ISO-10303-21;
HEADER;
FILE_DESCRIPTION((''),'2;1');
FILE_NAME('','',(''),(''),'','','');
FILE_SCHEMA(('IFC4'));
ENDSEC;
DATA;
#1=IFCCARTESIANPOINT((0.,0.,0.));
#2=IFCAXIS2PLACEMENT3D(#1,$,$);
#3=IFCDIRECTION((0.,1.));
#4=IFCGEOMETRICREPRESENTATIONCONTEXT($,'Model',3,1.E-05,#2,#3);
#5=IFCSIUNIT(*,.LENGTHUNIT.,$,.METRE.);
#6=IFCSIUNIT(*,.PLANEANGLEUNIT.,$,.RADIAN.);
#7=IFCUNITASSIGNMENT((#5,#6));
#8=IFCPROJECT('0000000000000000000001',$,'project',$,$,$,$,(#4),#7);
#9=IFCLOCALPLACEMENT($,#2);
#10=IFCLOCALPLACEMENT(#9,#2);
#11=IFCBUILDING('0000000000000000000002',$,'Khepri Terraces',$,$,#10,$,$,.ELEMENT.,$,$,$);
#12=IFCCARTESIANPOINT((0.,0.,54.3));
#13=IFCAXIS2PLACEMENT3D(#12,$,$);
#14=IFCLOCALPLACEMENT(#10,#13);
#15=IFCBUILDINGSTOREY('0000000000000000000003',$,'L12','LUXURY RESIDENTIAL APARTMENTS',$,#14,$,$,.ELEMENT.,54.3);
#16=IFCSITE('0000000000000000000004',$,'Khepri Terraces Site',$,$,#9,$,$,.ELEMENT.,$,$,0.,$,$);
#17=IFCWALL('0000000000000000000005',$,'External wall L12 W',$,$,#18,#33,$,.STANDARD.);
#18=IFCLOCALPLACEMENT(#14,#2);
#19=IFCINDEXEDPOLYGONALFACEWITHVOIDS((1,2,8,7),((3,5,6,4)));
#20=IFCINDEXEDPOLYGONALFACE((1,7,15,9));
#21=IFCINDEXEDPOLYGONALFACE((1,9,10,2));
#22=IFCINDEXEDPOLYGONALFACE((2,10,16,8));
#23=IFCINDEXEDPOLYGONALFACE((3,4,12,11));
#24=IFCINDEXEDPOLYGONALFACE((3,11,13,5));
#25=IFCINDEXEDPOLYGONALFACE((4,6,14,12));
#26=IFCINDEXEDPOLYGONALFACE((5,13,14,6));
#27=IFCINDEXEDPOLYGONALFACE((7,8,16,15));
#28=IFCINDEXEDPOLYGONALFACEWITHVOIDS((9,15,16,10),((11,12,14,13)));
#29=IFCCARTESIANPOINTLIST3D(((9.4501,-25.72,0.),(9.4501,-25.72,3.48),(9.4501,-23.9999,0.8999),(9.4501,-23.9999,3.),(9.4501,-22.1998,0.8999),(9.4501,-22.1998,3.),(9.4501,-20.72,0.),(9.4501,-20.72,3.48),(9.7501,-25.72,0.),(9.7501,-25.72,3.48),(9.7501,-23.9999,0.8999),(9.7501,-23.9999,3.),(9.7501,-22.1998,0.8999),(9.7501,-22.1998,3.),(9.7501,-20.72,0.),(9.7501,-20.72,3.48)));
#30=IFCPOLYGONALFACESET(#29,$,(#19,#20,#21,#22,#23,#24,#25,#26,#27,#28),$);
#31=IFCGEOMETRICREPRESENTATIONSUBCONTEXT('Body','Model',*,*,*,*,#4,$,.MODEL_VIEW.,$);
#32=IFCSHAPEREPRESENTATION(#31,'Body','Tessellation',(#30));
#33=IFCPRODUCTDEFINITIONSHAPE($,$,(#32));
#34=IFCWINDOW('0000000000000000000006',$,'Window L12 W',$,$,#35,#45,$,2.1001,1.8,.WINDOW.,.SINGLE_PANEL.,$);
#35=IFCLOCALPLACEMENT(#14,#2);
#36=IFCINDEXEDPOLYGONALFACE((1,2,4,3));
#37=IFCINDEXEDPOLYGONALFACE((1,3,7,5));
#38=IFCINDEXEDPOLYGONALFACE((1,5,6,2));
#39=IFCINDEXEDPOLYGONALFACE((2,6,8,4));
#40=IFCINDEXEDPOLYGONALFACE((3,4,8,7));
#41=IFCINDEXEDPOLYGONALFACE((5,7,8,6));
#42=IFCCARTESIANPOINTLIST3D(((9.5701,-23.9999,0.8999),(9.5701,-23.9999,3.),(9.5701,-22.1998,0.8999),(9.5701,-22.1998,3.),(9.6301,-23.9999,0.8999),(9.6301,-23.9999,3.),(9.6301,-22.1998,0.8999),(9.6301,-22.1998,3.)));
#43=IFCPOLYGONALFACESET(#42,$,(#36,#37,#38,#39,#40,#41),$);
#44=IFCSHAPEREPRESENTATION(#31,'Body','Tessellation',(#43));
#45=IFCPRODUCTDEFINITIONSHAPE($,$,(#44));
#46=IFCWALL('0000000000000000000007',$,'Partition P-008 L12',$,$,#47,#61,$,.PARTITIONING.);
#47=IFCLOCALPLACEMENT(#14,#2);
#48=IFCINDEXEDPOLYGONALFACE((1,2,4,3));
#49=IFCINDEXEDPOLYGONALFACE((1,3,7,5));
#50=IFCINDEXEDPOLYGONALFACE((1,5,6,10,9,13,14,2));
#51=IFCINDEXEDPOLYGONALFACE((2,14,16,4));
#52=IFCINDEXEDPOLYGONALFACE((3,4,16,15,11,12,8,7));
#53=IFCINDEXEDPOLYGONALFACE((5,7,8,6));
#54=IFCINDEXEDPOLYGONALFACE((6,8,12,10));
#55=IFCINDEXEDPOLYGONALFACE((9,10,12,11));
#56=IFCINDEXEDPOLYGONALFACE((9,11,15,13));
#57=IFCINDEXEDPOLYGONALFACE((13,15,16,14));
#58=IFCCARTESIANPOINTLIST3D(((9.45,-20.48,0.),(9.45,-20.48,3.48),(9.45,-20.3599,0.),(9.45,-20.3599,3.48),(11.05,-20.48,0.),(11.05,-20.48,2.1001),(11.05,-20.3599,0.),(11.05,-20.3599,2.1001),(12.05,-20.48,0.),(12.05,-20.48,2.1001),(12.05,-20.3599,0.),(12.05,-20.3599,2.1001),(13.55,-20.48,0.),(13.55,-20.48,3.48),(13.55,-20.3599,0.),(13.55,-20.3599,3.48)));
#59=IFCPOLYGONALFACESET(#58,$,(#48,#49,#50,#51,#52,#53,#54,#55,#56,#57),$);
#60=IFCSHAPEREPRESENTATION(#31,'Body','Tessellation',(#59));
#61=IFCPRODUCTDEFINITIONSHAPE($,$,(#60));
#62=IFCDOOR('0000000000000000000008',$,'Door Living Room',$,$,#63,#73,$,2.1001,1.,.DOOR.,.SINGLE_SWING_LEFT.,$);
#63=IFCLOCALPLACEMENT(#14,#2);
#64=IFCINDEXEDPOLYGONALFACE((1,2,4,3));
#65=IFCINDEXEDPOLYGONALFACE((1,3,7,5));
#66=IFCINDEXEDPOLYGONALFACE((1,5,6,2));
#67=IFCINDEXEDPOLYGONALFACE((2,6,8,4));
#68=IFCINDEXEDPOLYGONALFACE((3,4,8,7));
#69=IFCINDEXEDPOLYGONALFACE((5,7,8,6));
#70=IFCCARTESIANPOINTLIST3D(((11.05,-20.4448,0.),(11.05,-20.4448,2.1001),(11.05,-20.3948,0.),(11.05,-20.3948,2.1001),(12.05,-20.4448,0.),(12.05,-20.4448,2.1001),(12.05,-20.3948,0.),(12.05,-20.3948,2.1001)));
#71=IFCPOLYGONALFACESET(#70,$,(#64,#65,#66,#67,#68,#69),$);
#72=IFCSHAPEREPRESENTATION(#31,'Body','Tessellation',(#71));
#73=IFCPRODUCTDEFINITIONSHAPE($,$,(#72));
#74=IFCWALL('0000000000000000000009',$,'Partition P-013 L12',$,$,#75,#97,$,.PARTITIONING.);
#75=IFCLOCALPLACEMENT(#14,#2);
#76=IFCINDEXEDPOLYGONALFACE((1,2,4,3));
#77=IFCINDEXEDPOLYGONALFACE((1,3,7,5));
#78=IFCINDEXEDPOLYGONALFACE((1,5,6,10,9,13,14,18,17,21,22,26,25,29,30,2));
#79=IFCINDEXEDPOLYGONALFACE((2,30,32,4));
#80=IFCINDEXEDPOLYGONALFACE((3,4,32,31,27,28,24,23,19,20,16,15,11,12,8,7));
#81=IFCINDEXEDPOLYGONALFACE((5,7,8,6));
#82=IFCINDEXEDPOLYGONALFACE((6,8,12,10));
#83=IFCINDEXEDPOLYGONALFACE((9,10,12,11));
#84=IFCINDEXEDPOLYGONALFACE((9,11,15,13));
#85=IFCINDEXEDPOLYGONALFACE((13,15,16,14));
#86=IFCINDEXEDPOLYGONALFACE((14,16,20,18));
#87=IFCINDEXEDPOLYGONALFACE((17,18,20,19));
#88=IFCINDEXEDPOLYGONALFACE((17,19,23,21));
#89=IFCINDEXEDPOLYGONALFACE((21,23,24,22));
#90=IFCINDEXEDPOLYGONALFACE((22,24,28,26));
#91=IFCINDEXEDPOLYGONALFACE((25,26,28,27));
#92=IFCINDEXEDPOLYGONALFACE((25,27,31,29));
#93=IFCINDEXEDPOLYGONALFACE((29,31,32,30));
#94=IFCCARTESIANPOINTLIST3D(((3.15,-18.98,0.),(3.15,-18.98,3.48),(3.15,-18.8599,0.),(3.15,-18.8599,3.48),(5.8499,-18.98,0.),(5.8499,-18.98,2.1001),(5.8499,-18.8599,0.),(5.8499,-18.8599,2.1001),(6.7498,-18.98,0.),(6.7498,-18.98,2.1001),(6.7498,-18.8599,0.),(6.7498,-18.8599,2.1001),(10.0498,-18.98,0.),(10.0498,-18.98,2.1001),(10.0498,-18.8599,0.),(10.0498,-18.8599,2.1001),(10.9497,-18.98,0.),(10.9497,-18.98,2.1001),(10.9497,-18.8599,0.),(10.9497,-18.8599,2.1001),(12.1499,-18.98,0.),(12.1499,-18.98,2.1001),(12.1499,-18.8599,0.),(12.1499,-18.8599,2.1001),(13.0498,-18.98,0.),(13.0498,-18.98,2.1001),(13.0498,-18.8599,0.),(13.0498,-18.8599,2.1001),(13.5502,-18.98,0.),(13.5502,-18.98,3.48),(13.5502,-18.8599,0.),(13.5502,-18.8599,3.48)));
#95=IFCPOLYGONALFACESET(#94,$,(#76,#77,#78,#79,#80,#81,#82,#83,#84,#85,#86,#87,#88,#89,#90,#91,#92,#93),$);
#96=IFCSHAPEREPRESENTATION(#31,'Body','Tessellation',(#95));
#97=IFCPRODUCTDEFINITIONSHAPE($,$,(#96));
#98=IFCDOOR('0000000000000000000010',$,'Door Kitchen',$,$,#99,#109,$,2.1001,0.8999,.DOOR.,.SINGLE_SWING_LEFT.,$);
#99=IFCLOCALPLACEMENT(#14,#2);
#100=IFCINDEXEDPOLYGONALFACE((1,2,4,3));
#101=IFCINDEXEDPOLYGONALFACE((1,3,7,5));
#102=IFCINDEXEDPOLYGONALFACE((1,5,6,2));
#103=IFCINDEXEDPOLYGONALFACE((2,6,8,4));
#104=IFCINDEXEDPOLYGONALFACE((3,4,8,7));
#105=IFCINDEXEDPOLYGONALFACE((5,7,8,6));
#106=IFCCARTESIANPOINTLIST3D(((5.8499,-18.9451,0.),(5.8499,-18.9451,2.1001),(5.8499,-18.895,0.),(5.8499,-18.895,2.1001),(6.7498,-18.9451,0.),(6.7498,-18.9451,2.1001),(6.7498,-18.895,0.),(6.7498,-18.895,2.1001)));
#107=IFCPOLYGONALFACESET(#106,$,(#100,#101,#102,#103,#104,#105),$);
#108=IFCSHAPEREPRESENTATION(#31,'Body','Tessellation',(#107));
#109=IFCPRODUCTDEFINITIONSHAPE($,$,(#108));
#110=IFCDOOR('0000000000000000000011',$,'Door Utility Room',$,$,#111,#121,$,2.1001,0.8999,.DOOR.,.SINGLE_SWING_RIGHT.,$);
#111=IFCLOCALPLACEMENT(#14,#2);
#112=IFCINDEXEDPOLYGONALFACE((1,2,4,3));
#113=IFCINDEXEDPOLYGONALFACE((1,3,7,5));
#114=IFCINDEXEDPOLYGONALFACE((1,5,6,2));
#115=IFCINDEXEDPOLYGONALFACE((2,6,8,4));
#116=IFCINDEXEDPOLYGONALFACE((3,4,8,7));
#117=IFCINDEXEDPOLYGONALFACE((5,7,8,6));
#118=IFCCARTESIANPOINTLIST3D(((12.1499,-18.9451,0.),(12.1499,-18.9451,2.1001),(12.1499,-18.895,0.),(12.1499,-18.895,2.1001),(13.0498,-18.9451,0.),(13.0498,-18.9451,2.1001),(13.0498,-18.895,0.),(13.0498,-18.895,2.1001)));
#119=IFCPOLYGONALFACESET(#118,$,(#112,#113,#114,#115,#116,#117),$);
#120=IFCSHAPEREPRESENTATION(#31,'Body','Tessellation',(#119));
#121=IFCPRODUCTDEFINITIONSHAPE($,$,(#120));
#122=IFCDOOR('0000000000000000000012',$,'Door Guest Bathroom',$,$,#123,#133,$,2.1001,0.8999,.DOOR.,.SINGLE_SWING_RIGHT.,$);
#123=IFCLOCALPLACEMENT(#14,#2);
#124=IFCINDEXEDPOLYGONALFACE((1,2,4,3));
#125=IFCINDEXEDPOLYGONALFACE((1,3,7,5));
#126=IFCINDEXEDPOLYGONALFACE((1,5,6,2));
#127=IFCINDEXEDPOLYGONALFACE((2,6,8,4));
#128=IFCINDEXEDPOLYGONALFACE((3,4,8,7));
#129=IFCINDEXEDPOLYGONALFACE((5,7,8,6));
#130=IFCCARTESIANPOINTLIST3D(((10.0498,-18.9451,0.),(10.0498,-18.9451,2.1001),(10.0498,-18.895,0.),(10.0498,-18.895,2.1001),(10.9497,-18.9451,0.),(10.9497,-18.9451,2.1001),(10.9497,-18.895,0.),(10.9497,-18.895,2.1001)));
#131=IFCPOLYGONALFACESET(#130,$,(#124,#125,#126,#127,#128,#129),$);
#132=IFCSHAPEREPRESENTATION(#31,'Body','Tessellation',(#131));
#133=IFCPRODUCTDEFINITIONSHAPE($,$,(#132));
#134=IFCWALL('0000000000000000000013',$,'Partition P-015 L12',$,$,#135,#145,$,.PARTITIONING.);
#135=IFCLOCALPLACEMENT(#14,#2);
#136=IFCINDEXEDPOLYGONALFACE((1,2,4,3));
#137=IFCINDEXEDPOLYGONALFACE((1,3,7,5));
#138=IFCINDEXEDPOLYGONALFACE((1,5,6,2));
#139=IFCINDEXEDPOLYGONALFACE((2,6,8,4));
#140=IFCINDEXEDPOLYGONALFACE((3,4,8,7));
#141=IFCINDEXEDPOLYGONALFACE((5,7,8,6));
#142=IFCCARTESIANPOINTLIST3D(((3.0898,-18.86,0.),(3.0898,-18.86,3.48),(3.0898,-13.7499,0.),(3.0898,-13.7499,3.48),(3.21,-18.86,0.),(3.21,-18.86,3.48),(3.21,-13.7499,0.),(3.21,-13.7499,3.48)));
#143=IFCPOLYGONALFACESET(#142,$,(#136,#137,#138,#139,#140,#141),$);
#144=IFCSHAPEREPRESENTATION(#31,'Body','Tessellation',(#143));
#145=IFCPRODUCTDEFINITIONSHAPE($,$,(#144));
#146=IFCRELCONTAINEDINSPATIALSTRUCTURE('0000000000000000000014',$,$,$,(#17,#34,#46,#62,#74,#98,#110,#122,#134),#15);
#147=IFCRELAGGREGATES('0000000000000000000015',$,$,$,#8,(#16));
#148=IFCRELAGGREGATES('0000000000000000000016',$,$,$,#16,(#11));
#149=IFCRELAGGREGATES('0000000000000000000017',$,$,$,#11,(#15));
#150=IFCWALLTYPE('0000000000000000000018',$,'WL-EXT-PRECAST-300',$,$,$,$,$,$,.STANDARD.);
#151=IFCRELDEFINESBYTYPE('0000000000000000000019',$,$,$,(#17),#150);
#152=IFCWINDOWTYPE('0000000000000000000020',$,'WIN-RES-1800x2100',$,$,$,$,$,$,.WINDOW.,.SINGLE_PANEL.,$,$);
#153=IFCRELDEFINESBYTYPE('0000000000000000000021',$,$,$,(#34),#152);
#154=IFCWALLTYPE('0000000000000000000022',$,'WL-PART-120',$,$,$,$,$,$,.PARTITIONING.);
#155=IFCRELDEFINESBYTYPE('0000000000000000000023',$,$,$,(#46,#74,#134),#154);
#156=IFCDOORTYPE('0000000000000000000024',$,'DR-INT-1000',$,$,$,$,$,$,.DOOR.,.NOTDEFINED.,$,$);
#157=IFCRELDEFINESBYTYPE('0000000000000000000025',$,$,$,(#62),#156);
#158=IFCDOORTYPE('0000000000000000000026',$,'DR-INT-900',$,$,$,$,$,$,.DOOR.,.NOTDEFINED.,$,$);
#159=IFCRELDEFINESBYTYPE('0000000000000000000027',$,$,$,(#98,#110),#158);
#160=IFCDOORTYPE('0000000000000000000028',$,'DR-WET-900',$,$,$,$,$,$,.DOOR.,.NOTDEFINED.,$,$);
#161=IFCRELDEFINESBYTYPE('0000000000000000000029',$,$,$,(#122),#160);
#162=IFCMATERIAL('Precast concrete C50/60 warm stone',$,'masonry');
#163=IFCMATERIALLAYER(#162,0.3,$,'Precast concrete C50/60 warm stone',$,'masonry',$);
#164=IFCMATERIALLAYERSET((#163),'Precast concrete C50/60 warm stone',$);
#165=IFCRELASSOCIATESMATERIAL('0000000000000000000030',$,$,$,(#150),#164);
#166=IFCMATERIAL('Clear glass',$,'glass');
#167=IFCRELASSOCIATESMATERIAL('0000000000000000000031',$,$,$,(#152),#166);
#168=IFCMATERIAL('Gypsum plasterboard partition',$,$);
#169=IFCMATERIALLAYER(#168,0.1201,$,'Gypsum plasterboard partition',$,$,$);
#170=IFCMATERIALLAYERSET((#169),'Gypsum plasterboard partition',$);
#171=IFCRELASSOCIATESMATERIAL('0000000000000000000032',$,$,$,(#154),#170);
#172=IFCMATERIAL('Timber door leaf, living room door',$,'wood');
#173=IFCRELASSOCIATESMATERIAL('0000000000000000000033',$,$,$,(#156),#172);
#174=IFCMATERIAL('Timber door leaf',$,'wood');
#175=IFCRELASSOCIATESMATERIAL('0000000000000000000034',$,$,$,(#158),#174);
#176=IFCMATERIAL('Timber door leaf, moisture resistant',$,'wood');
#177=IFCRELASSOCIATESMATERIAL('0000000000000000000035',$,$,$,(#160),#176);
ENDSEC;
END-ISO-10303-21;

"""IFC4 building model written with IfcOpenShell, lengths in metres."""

from ifc_helpers import new_model, si_unit, direction, frame, frame_2d, origin, place, context, subcontext, project, spatial, rectangle, extrude, material, layer, layer_set, type_object, element, fill, save


model = new_model("IFC4")

# Units and contexts
model_context = context("Model", 3, precision=1e-05, world=origin(), true_north=direction((0.0, 1.0)))
body_context = subcontext(model_context, "Body", "Model", "MODEL_VIEW")
ifc_project = project(units=[si_unit("LENGTHUNIT", "METRE"), si_unit("PLANEANGLEUNIT", "RADIAN")], contexts=[model_context])

# Site, building, storey
site_placement = place(None, origin())
site = spatial("IfcSite", under=ifc_project, at=site_placement, Name="Khepri Terraces Site", CompositionType="ELEMENT", RefElevation=0.0)
building_placement = place(site_placement, origin())
building = spatial("IfcBuilding", under=site, at=building_placement, Name="Khepri Terraces", CompositionType="ELEMENT")
storey_placement = place(building_placement, frame((0.0, 0.0, 54.3)))
storey = spatial("IfcBuildingStorey", under=building, at=storey_placement, Name="L12", Description="LUXURY RESIDENTIAL APARTMENTS", CompositionType="ELEMENT", Elevation=54.3)

# Wall, opening, window
ifc_material_1 = material(Name="Precast concrete C50/60 warm stone", Category="masonry")
ifc_layer_1 = layer(ifc_material_1, 0.3, Name="Precast concrete C50/60 warm stone", Category="masonry")
ifc_layer_set_1 = layer_set([ifc_layer_1], Name="Precast concrete C50/60 warm stone")
wall_type_1 = type_object("IfcWallType", Name="WL-EXT-PRECAST-300", PredefinedType="STANDARD", material=ifc_layer_set_1)
wall_1_placement = place(storey_placement, frame((9.6001, -20.72, 0.0), z_axis=(0.0, 0.0, 1.0), x_axis=(0.0, -1.0, 0.0)))
wall_1 = element("IfcWall", 1, at=wall_1_placement, inside=storey, type_object=wall_type_1, Name="External wall L12 W", PredefinedType="STANDARD", context=body_context, shape_type="SweptSolid", body=[
    extrude(rectangle(XDim=5.0, YDim=0.3, at=frame_2d((2.5, 0.0))), origin(), (0.0, 0.0, 1.0), 3.48),
])
opening_1_placement = place(wall_1_placement, frame((1.48, 0.0, 0.8999)))
opening_1 = element("IfcOpeningElement", 2, at=opening_1_placement, cuts=wall_1, PredefinedType="OPENING", context=body_context, shape_type="SweptSolid", body=[
    extrude(rectangle(XDim=1.8, YDim=2.1001, at=frame_2d((0.8999, 1.05))), frame((0.0, 0.1602, 0.0), z_axis=(0.0, -1.0, 0.0), x_axis=(1.0, 0.0, 0.0)), (0.0, 0.0, 1.0), 0.3201),
])
ifc_material_2 = material(Name="Clear glass", Category="glass")
window_type = type_object("IfcWindowType", Name="WIN-RES-1800x2100", PartitioningType="SINGLE_PANEL", PredefinedType="WINDOW", material=ifc_material_2)
window_1_placement = place(opening_1_placement, origin())
window_1 = element("IfcWindow", 3, at=window_1_placement, inside=storey, type_object=window_type, Name="Window L12 W", OverallHeight=2.1001, OverallWidth=1.8, PartitioningType="SINGLE_PANEL", PredefinedType="WINDOW", context=body_context, shape_type="SweptSolid", body=[
    extrude(rectangle(XDim=1.8, YDim=2.1001, at=frame_2d((0.8999, 1.05))), frame((0.0, 0.03, 0.0), z_axis=(0.0, -1.0, 0.0), x_axis=(1.0, 0.0, 0.0)), (0.0, 0.0, 1.0), 0.0601),
])
fill(opening_1, window_1)

# Wall, opening, door
ifc_material_3 = material(Name="Gypsum plasterboard partition")
ifc_layer_2 = layer(ifc_material_3, 0.1201, Name="Gypsum plasterboard partition")
ifc_layer_set_2 = layer_set([ifc_layer_2], Name="Gypsum plasterboard partition")
wall_type_2 = type_object("IfcWallType", Name="WL-PART-120", PredefinedType="PARTITIONING", material=ifc_layer_set_2)
wall_2_placement = place(storey_placement, frame((9.45, -20.4199, 0.0), z_axis=(0.0, 0.0, 1.0), x_axis=(1.0, 0.0, 0.0)))
wall_2 = element("IfcWall", 4, at=wall_2_placement, inside=storey, type_object=wall_type_2, Name="Partition P-008 L12", PredefinedType="PARTITIONING", context=body_context, shape_type="SweptSolid", body=[
    extrude(rectangle(XDim=4.1001, YDim=0.1201, at=frame_2d((2.05, 0.0))), origin(), (0.0, 0.0, 1.0), 3.48),
])
opening_2_placement = place(wall_2_placement, frame((1.6001, 0.0, 0.0)))
opening_2 = element("IfcOpeningElement", 5, at=opening_2_placement, cuts=wall_2, PredefinedType="OPENING", context=body_context, shape_type="SweptSolid", body=[
    extrude(rectangle(XDim=1.0, YDim=2.1001, at=frame_2d((0.5, 1.05))), frame((0.0, 0.0701, 0.0), z_axis=(0.0, -1.0, 0.0), x_axis=(1.0, 0.0, 0.0)), (0.0, 0.0, 1.0), 0.1401),
])
ifc_material_4 = material(Name="Timber door leaf, living room door", Category="wood")
door_type_1 = type_object("IfcDoorType", Name="DR-INT-1000", OperationType="NOTDEFINED", PredefinedType="DOOR", material=ifc_material_4)
door_1_placement = place(opening_2_placement, frame((1.0, 0.0, 0.0), z_axis=(0.0, 0.0, 1.0), x_axis=(-1.0, 0.0, 0.0)))
door_1 = element("IfcDoor", 6, at=door_1_placement, inside=storey, type_object=door_type_1, Name="Door Living Room", OperationType="SINGLE_SWING_LEFT", OverallHeight=2.1001, OverallWidth=1.0, PredefinedType="DOOR", context=body_context, shape_type="SweptSolid", body=[
    extrude(rectangle(XDim=1.0, YDim=2.1001, at=frame_2d((0.5, 1.05))), frame((0.0, 0.0249, 0.0), z_axis=(0.0, -1.0, 0.0), x_axis=(1.0, 0.0, 0.0)), (0.0, 0.0, 1.0), 0.05),
])
fill(opening_2, door_1)

# Wall, openings, doors
wall_3_placement = place(storey_placement, frame((3.1499, -18.9199, 0.0), z_axis=(0.0, 0.0, 1.0), x_axis=(1.0, 0.0, 0.0)))
wall_3 = element("IfcWall", 7, at=wall_3_placement, inside=storey, type_object=wall_type_2, Name="Partition P-013 L12", PredefinedType="PARTITIONING", context=body_context, shape_type="SweptSolid", body=[
    extrude(rectangle(XDim=10.4001, YDim=0.1201, at=frame_2d((5.2002, 0.0))), origin(), (0.0, 0.0, 1.0), 3.48),
])
opening_3_placement = place(wall_3_placement, frame((2.7, 0.0, 0.0)))
opening_3 = element("IfcOpeningElement", 8, at=opening_3_placement, cuts=wall_3, PredefinedType="OPENING", context=body_context, shape_type="SweptSolid", body=[
    extrude(rectangle(XDim=0.8999, YDim=2.1001, at=frame_2d((0.45, 1.05))), frame((0.0, 0.0701, 0.0), z_axis=(0.0, -1.0, 0.0), x_axis=(1.0, 0.0, 0.0)), (0.0, 0.0, 1.0), 0.1401),
])
opening_4_placement = place(wall_3_placement, frame((6.8999, 0.0, 0.0)))
opening_4 = element("IfcOpeningElement", 9, at=opening_4_placement, cuts=wall_3, PredefinedType="OPENING", context=body_context, shape_type="SweptSolid", body=[
    extrude(rectangle(XDim=0.8999, YDim=2.1001, at=frame_2d((0.45, 1.05))), frame((0.0, 0.0701, 0.0), z_axis=(0.0, -1.0, 0.0), x_axis=(1.0, 0.0, 0.0)), (0.0, 0.0, 1.0), 0.1401),
])
opening_5_placement = place(wall_3_placement, frame((9.0, 0.0, 0.0)))
opening_5 = element("IfcOpeningElement", 10, at=opening_5_placement, cuts=wall_3, PredefinedType="OPENING", context=body_context, shape_type="SweptSolid", body=[
    extrude(rectangle(XDim=0.8999, YDim=2.1001, at=frame_2d((0.45, 1.05))), frame((0.0, 0.0701, 0.0), z_axis=(0.0, -1.0, 0.0), x_axis=(1.0, 0.0, 0.0)), (0.0, 0.0, 1.0), 0.1401),
])
ifc_material_5 = material(Name="Timber door leaf", Category="wood")
door_type_2 = type_object("IfcDoorType", Name="DR-INT-900", OperationType="NOTDEFINED", PredefinedType="DOOR", material=ifc_material_5)
door_2_placement = place(opening_3_placement, origin())
door_2 = element("IfcDoor", 11, at=door_2_placement, inside=storey, type_object=door_type_2, Name="Door Kitchen", OperationType="SINGLE_SWING_LEFT", OverallHeight=2.1001, OverallWidth=0.8999, PredefinedType="DOOR", context=body_context, shape_type="SweptSolid", body=[
    extrude(rectangle(XDim=0.8999, YDim=2.1001, at=frame_2d((0.45, 1.05))), frame((0.0, 0.0249, 0.0), z_axis=(0.0, -1.0, 0.0), x_axis=(1.0, 0.0, 0.0)), (0.0, 0.0, 1.0), 0.05),
])
fill(opening_3, door_2)
door_3_placement = place(opening_5_placement, origin())
door_3 = element("IfcDoor", 12, at=door_3_placement, inside=storey, type_object=door_type_2, Name="Door Utility Room", OperationType="SINGLE_SWING_RIGHT", OverallHeight=2.1001, OverallWidth=0.8999, PredefinedType="DOOR", context=body_context, shape_type="SweptSolid", body=[
    extrude(rectangle(XDim=0.8999, YDim=2.1001, at=frame_2d((0.45, 1.05))), frame((0.0, 0.0249, 0.0), z_axis=(0.0, -1.0, 0.0), x_axis=(1.0, 0.0, 0.0)), (0.0, 0.0, 1.0), 0.05),
])
fill(opening_5, door_3)
ifc_material_6 = material(Name="Timber door leaf, moisture resistant", Category="wood")
door_type_3 = type_object("IfcDoorType", Name="DR-WET-900", OperationType="NOTDEFINED", PredefinedType="DOOR", material=ifc_material_6)
door_4_placement = place(opening_4_placement, origin())
door_4 = element("IfcDoor", 13, at=door_4_placement, inside=storey, type_object=door_type_3, Name="Door Guest Bathroom", OperationType="SINGLE_SWING_RIGHT", OverallHeight=2.1001, OverallWidth=0.8999, PredefinedType="DOOR", context=body_context, shape_type="SweptSolid", body=[
    extrude(rectangle(XDim=0.8999, YDim=2.1001, at=frame_2d((0.45, 1.05))), frame((0.0, 0.0249, 0.0), z_axis=(0.0, -1.0, 0.0), x_axis=(1.0, 0.0, 0.0)), (0.0, 0.0, 1.0), 0.05),
])
fill(opening_4, door_4)

# Wall
wall_4_placement = place(storey_placement, frame((3.1499, -18.8601, 0.0), z_axis=(0.0, 0.0, 1.0), x_axis=(0.0, 1.0, 0.0)))
element("IfcWall", 14, at=wall_4_placement, inside=storey, type_object=wall_type_2, Name="Partition P-015 L12", PredefinedType="PARTITIONING", context=body_context, shape_type="SweptSolid", body=[
    extrude(rectangle(XDim=5.1101, YDim=0.1201, at=frame_2d((2.5552, 0.0))), origin(), (0.0, 0.0, 1.0), 3.48),
])

save(model, "model.ifc")
